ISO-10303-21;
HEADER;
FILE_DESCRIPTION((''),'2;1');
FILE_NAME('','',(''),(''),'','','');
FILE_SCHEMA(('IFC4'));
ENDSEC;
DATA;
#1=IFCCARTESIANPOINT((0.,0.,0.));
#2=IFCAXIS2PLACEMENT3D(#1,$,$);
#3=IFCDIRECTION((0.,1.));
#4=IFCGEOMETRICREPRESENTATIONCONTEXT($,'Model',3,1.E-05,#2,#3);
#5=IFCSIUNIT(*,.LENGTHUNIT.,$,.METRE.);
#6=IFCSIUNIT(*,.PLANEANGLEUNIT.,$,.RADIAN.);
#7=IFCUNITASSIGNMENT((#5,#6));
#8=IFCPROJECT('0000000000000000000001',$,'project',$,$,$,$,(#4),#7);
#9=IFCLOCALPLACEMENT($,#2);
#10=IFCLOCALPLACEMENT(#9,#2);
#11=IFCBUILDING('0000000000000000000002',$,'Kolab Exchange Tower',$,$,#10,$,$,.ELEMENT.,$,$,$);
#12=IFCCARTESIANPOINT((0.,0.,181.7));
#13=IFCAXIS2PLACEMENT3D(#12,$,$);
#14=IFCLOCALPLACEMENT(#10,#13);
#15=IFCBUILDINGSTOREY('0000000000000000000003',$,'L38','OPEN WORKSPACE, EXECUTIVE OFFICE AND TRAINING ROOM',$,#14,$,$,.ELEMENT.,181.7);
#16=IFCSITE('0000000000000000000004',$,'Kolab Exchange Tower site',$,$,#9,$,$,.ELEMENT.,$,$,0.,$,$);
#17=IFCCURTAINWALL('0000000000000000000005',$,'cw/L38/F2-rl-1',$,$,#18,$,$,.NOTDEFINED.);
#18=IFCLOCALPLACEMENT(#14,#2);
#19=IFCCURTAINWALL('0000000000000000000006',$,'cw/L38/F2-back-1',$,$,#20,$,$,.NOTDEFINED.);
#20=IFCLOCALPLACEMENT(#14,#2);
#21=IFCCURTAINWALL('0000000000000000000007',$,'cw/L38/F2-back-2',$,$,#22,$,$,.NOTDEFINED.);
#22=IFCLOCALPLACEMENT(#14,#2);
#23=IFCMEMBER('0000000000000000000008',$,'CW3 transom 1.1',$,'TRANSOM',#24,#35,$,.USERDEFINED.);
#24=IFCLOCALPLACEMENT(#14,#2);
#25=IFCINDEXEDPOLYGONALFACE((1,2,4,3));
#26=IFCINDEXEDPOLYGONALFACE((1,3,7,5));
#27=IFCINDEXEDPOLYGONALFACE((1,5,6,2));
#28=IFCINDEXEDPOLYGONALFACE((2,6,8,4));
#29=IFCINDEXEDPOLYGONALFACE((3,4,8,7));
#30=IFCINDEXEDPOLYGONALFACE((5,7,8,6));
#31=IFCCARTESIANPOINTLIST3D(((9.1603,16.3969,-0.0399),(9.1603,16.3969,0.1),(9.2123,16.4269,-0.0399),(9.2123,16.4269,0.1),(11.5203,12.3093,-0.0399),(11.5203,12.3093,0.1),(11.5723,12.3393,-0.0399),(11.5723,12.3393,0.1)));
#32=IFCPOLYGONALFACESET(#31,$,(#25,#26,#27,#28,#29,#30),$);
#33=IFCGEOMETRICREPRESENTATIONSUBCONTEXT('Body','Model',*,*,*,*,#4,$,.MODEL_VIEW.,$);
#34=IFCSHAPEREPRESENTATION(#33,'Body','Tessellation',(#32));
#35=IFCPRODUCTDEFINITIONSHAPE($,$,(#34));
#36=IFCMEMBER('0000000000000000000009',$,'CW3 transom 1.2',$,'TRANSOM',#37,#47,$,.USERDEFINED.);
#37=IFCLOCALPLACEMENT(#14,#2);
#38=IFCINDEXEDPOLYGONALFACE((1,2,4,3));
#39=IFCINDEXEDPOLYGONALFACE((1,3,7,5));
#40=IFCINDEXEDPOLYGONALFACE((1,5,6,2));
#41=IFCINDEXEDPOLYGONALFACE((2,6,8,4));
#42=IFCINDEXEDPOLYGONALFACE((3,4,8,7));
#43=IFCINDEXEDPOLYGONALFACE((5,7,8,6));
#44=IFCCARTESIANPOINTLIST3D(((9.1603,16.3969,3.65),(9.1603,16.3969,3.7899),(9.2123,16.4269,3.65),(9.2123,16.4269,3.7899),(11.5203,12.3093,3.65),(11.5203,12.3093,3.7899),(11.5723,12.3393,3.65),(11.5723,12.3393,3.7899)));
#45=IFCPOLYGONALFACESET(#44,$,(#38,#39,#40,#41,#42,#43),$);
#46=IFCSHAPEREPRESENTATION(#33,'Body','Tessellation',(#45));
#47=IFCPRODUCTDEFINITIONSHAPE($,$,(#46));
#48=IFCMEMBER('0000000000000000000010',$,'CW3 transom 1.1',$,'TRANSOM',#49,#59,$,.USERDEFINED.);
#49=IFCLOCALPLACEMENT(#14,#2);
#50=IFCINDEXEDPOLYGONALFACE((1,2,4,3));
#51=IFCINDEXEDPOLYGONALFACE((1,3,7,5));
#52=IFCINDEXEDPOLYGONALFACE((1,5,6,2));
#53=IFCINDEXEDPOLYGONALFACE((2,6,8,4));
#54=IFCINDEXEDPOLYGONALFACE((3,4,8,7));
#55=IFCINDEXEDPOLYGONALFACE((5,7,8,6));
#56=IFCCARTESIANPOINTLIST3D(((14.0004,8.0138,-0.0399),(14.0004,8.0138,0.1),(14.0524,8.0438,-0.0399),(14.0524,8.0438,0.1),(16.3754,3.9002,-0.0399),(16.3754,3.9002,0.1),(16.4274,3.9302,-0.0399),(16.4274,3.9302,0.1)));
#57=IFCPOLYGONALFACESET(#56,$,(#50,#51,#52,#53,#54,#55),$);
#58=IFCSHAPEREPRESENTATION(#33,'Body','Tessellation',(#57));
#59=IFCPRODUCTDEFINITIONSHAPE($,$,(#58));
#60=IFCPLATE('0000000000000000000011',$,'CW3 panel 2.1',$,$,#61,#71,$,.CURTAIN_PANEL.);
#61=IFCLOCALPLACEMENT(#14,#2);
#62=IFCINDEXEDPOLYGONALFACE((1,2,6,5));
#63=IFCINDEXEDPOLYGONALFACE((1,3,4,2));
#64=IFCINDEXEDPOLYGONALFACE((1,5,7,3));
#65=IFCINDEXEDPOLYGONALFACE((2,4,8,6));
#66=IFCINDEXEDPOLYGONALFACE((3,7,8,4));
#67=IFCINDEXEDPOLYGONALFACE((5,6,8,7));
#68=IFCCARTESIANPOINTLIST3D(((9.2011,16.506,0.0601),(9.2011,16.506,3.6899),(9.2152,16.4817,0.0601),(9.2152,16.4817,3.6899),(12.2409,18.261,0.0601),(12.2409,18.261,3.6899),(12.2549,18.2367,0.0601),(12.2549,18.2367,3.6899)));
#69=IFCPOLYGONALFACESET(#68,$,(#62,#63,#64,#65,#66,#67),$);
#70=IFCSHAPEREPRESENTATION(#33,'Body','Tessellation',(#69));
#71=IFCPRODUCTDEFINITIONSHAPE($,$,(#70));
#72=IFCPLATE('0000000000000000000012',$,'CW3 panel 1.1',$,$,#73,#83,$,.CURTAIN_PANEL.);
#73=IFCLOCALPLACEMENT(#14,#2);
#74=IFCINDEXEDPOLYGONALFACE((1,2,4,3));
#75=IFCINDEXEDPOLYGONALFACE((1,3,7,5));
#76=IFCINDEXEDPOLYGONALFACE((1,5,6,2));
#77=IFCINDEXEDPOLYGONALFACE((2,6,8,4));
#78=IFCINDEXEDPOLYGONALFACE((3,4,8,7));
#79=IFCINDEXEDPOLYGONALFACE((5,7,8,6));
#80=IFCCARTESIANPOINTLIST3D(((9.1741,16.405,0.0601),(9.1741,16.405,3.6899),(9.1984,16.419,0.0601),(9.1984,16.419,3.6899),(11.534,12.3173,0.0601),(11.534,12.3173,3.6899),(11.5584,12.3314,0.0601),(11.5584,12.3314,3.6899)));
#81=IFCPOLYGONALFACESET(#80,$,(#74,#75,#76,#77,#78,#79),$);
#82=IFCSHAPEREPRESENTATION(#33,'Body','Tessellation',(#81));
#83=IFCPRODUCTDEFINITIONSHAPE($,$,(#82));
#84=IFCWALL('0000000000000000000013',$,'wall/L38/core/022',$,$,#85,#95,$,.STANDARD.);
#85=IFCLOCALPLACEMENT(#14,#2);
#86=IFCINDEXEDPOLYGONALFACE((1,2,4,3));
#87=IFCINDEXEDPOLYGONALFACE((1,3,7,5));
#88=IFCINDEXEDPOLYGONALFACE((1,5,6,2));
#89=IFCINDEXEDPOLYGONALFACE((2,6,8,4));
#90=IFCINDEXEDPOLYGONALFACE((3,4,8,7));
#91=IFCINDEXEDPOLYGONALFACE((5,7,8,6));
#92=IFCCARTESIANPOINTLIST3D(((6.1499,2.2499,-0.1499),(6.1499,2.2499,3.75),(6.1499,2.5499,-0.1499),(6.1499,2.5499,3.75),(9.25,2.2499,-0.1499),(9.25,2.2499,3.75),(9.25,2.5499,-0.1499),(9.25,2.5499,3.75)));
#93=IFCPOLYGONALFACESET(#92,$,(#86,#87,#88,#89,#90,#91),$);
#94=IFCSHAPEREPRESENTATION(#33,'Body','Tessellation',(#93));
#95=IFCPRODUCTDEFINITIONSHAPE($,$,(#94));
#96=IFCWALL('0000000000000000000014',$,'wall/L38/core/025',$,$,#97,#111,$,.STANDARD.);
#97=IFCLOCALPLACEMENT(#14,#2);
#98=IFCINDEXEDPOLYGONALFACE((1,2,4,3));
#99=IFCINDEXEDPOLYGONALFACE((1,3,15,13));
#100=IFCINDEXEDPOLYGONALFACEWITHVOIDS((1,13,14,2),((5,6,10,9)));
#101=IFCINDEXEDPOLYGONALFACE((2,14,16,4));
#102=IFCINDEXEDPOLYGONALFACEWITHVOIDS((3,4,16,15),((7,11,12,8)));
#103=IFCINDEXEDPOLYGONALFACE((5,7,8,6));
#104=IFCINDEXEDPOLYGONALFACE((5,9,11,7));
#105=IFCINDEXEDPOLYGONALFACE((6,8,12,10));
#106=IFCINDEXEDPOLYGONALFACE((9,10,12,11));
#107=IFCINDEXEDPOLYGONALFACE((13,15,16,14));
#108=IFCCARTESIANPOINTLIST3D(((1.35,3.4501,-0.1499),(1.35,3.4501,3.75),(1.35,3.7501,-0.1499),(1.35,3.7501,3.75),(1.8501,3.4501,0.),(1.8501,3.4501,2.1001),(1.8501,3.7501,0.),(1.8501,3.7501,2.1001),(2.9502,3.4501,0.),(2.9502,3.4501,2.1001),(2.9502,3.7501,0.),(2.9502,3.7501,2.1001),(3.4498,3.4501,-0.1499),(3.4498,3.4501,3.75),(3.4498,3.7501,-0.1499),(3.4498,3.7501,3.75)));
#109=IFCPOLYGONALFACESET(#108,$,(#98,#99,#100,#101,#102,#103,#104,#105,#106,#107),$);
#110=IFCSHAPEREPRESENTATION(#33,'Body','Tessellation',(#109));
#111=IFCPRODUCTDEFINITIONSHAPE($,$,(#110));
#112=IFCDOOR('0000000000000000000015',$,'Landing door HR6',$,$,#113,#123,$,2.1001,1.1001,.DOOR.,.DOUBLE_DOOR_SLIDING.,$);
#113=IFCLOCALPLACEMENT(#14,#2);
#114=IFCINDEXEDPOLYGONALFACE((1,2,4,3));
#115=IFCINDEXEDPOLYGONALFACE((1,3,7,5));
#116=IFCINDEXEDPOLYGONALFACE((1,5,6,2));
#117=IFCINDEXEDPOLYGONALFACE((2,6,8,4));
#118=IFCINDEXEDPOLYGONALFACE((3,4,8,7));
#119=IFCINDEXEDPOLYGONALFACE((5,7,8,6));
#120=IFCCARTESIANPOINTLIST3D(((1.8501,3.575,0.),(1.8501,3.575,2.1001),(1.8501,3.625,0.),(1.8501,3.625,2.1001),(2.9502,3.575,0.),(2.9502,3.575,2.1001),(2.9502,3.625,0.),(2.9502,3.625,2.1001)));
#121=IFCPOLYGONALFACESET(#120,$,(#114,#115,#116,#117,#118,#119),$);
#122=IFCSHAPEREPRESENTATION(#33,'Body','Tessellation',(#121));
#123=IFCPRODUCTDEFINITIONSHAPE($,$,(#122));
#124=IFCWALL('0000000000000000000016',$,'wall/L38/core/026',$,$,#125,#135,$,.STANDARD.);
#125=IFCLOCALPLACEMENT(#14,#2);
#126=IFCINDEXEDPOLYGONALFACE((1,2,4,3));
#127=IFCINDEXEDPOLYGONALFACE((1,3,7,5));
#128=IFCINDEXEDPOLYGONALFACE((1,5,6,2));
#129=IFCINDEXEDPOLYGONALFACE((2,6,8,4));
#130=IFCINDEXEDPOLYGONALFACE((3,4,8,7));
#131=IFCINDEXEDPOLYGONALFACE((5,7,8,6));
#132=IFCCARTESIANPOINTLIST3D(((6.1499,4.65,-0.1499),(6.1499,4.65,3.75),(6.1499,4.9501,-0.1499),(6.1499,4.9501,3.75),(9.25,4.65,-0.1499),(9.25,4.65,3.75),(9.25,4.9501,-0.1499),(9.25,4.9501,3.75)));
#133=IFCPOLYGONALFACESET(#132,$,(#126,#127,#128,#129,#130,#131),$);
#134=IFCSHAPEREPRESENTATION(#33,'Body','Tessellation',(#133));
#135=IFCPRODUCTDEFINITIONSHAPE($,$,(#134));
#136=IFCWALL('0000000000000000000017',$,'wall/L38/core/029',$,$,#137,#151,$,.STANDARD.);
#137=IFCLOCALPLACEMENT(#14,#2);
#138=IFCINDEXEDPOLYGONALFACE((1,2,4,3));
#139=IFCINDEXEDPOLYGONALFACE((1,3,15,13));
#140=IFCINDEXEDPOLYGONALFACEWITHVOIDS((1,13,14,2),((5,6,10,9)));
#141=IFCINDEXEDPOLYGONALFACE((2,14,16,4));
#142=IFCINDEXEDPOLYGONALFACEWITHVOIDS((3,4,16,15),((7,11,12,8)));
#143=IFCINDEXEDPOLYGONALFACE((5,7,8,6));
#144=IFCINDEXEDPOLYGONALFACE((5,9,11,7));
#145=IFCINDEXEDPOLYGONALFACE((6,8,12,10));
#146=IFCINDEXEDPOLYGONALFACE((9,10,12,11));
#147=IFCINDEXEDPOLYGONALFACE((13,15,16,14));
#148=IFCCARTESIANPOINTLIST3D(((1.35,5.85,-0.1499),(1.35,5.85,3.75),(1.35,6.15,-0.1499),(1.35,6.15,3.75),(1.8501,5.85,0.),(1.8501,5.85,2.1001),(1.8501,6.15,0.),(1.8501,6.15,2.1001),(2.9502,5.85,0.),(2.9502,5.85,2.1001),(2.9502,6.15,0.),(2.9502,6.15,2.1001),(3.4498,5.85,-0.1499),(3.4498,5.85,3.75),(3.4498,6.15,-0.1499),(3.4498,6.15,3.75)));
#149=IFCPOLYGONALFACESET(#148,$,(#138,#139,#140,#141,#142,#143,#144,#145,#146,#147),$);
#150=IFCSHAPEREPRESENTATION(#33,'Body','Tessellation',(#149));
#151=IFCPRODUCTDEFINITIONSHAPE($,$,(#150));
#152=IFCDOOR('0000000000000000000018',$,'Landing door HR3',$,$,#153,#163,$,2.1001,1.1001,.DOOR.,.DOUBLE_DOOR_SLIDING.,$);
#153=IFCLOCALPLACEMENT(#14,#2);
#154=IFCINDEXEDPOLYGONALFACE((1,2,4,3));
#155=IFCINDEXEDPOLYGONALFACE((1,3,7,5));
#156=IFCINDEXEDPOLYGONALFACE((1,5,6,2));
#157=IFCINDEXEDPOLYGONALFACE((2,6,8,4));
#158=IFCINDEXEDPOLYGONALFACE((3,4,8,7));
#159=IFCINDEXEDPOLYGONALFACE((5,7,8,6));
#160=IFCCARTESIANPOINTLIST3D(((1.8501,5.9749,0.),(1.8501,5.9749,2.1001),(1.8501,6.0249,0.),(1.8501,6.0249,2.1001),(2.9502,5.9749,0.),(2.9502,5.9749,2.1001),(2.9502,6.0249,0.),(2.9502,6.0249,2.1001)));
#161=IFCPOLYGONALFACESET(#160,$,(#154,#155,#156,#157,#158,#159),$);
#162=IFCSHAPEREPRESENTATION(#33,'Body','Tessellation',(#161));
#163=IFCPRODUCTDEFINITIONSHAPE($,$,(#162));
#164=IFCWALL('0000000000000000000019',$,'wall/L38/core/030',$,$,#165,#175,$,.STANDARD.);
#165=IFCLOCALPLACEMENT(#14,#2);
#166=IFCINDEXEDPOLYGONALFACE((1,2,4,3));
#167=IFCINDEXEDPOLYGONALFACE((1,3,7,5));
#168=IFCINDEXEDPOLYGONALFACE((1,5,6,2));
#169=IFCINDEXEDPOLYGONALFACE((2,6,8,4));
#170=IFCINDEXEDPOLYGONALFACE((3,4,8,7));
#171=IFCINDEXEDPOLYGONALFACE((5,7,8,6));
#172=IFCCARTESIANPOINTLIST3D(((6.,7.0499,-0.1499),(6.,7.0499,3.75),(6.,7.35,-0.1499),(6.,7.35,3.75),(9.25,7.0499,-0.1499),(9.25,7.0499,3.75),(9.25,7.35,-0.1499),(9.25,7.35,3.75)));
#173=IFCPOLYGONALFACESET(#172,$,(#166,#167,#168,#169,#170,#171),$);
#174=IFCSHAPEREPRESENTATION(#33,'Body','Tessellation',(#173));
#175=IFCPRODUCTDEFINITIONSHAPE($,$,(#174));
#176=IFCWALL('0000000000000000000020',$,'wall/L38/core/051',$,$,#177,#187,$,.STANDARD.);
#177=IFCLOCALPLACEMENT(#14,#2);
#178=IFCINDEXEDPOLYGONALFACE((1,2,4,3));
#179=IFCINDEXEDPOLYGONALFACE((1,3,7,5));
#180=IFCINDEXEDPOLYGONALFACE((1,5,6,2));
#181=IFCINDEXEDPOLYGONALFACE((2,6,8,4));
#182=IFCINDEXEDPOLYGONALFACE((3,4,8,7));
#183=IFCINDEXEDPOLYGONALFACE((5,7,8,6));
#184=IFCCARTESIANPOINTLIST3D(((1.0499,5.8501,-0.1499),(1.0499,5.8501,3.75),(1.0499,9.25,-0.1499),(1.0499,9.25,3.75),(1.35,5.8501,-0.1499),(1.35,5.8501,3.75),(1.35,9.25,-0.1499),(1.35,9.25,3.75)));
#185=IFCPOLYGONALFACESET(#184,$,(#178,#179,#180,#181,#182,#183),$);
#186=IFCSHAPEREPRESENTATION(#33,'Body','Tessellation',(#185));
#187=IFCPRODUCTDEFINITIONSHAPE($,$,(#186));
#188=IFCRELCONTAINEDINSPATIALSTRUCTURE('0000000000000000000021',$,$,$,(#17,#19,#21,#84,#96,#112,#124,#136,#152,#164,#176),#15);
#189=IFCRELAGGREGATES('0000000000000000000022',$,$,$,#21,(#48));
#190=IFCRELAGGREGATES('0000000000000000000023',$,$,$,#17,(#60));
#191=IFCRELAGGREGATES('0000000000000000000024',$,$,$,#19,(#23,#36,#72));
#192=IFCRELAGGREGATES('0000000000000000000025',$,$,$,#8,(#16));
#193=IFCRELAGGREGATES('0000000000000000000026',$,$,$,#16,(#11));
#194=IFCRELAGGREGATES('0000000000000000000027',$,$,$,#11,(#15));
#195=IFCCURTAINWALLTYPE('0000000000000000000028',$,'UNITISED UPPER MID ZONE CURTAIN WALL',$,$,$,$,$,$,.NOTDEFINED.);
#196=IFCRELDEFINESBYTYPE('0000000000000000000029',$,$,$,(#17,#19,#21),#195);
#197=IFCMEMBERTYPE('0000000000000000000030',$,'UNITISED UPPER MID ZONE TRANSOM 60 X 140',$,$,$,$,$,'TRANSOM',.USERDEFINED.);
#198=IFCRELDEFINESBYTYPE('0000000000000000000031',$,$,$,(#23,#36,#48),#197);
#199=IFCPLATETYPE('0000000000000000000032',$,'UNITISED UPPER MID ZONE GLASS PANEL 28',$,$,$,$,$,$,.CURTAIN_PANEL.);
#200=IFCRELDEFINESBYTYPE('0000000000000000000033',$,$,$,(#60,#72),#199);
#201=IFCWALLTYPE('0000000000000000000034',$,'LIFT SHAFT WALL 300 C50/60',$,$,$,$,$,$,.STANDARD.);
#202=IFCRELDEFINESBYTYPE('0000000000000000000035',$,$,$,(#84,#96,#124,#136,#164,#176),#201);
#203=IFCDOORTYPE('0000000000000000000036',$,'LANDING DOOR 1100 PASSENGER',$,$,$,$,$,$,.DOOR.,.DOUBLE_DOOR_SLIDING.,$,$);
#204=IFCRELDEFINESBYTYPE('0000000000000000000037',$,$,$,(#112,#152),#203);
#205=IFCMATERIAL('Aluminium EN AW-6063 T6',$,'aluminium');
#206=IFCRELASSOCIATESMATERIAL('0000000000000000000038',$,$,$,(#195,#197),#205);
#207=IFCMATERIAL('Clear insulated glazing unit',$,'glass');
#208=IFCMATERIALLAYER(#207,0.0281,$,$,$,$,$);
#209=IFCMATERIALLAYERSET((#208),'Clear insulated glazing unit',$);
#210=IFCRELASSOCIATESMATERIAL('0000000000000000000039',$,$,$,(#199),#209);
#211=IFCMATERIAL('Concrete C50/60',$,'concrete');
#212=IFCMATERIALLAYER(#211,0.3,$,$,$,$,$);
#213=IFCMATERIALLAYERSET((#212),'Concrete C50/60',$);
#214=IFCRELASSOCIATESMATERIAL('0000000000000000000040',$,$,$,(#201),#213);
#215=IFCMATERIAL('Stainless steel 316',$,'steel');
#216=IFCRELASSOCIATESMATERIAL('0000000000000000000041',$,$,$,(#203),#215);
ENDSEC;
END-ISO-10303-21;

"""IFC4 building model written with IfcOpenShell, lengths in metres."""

from ifc_helpers import new_model, si_unit, direction, frame, frame_2d, origin, origin_2d, place, context, subcontext, project, spatial, rectangle, extrude, material, layer, layer_set, material_profile, profile_set, type_object, element, fill, aggregate, save


model = new_model("IFC4")

# Units and contexts
model_context = context("Model", 3, precision=1e-05, world=origin(), true_north=direction((0.0, 1.0)))
body_context = subcontext(model_context, "Body", "Model", "MODEL_VIEW")
ifc_project = project(units=[si_unit("LENGTHUNIT", "METRE"), si_unit("PLANEANGLEUNIT", "RADIAN")], contexts=[model_context])

# Site, building, storey
site_placement = place(None, origin())
site = spatial("IfcSite", under=ifc_project, at=site_placement, Name="Kolab Exchange Tower site", CompositionType="ELEMENT", RefElevation=0.0)
building_placement = place(site_placement, origin())
building = spatial("IfcBuilding", under=site, at=building_placement, Name="Kolab Exchange Tower", CompositionType="ELEMENT")
storey_placement = place(building_placement, frame((0.0, 0.0, 181.7)))
storey = spatial("IfcBuildingStorey", under=building, at=storey_placement, Name="L38", Description="OPEN WORKSPACE, EXECUTIVE OFFICE AND TRAINING ROOM", CompositionType="ELEMENT", Elevation=181.7)

# Curtain wall
ifc_material_1 = material(Name="Aluminium EN AW-6063 T6", Category="aluminium")
curtain_wall_type = type_object("IfcCurtainWallType", Name="UNITISED UPPER MID ZONE CURTAIN WALL", PredefinedType="NOTDEFINED", material=ifc_material_1)
curtain_wall_1_placement = place(storey_placement, origin())
curtain_wall_1 = element("IfcCurtainWall", 1, at=curtain_wall_1_placement, inside=storey, type_object=curtain_wall_type, Name="cw/L38/F2-rl-1", PredefinedType="NOTDEFINED")

# Curtain wall
curtain_wall_2_placement = place(storey_placement, origin())
curtain_wall_2 = element("IfcCurtainWall", 2, at=curtain_wall_2_placement, inside=storey, type_object=curtain_wall_type, Name="cw/L38/F2-back-1", PredefinedType="NOTDEFINED")

# Curtain wall
curtain_wall_3_placement = place(storey_placement, origin())
curtain_wall_3 = element("IfcCurtainWall", 3, at=curtain_wall_3_placement, inside=storey, type_object=curtain_wall_type, Name="cw/L38/F2-back-2", PredefinedType="NOTDEFINED")

# Members
ifc_material_profile_1 = material_profile(ifc_material_1, rectangle(XDim=0.0601, YDim=0.1399, at=origin_2d()), Name="RECT 60X140")
ifc_profile_set_1 = profile_set([ifc_material_profile_1], Name="Aluminium EN AW-6063 T6")
member_type_1 = type_object("IfcMemberType", Name="UNITISED UPPER MID ZONE TRANSOM 60 X 140", ElementType="TRANSOM", PredefinedType="USERDEFINED", material=ifc_profile_set_1)
member_1_placement = place(storey_placement, frame((9.1863, 16.4119, 0.03), z_axis=(0.500016, -0.866016, 0.0), x_axis=(0.866016, 0.500016, 0.0)))
member_1 = element("IfcMember", 4, at=member_1_placement, type_object=member_type_1, Name="CW3 transom 1.1", ObjectType="TRANSOM", PredefinedType="USERDEFINED", context=body_context, shape_type="SweptSolid", body=[
    extrude(rectangle(XDim=0.0601, YDim=0.1399, at=origin_2d()), origin(), (0.0, 0.0, 1.0), 4.72),
])
member_2_placement = place(storey_placement, frame((9.1863, 16.4119, 3.72), z_axis=(0.500016, -0.866016, 0.0), x_axis=(0.866016, 0.500016, 0.0)))
member_2 = element("IfcMember", 5, at=member_2_placement, type_object=member_type_1, Name="CW3 transom 1.2", ObjectType="TRANSOM", PredefinedType="USERDEFINED", context=body_context, shape_type="SweptSolid", body=[
    extrude(rectangle(XDim=0.0601, YDim=0.1399, at=origin_2d()), origin(), (0.0, 0.0, 1.0), 4.72),
])
member_3_placement = place(storey_placement, frame((14.0264, 8.0288, 0.03), z_axis=(0.500009, -0.86602, 0.0), x_axis=(0.86602, 0.500009, 0.0)))
member_3 = element("IfcMember", 6, at=member_3_placement, type_object=member_type_1, Name="CW3 transom 1.1", ObjectType="TRANSOM", PredefinedType="USERDEFINED", context=body_context, shape_type="SweptSolid", body=[
    extrude(rectangle(XDim=0.0601, YDim=0.1399, at=origin_2d()), origin(), (0.0, 0.0, 1.0), 4.75),
])
aggregate(curtain_wall_3, [member_3])

# Plates
ifc_material_2 = material(Name="Clear insulated glazing unit", Category="glass")
ifc_layer_1 = layer(ifc_material_2, 0.0281)
ifc_layer_set_1 = layer_set([ifc_layer_1], Name="Clear insulated glazing unit")
plate_type = type_object("IfcPlateType", Name="UNITISED UPPER MID ZONE GLASS PANEL 28", PredefinedType="CURTAIN_PANEL", material=ifc_layer_set_1)
plate_1_placement = place(storey_placement, frame((10.728, 17.3713, 0.0601), z_axis=(0.0, 0.0, 1.0), x_axis=(-0.866025, -0.5, 0.0)))
plate_1 = element("IfcPlate", 7, at=plate_1_placement, type_object=plate_type, Name="CW3 panel 2.1", PredefinedType="CURTAIN_PANEL", context=body_context, shape_type="SweptSolid", body=[
    extrude(rectangle(XDim=3.51, YDim=0.0281, at=origin_2d()), origin(), (0.0, 0.0, 1.0), 3.6299),
])
aggregate(curtain_wall_1, [plate_1])
plate_2_placement = place(storey_placement, frame((10.3662, 14.3682, 0.0601), z_axis=(0.0, 0.0, 1.0), x_axis=(0.5, -0.866025, 0.0)))
plate_2 = element("IfcPlate", 8, at=plate_2_placement, type_object=plate_type, Name="CW3 panel 1.1", PredefinedType="CURTAIN_PANEL", context=body_context, shape_type="SweptSolid", body=[
    extrude(rectangle(XDim=4.72, YDim=0.0281, at=origin_2d()), origin(), (0.0, 0.0, 1.0), 3.6299),
])
aggregate(curtain_wall_2, [member_1, member_2, plate_2])

# Wall
ifc_material_3 = material(Name="Concrete C50/60", Category="concrete")
ifc_layer_2 = layer(ifc_material_3, 0.3)
ifc_layer_set_2 = layer_set([ifc_layer_2], Name="Concrete C50/60")
wall_type_1 = type_object("IfcWallType", Name="LIFT SHAFT WALL 300 C50/60", PredefinedType="STANDARD", material=ifc_layer_set_2)
wall_1_placement = place(storey_placement, frame((6.1499, 2.3999, -0.1499), z_axis=(0.0, 0.0, 1.0), x_axis=(1.0, 0.0, 0.0)))
element("IfcWall", 9, at=wall_1_placement, inside=storey, type_object=wall_type_1, Name="wall/L38/core/022", PredefinedType="STANDARD", context=body_context, shape_type="SweptSolid", body=[
    extrude(rectangle(XDim=3.1001, YDim=0.3, at=frame_2d((1.55, 0.0))), origin(), (0.0, 0.0, 1.0), 3.8999),
])

# Wall, opening, door
wall_2_placement = place(storey_placement, frame((1.3501, 3.6001, -0.1499), z_axis=(0.0, 0.0, 1.0), x_axis=(1.0, 0.0, 0.0)))
wall_2 = element("IfcWall", 10, at=wall_2_placement, inside=storey, type_object=wall_type_1, Name="wall/L38/core/025", PredefinedType="STANDARD", context=body_context, shape_type="SweptSolid", body=[
    extrude(rectangle(XDim=2.0999, YDim=0.3, at=frame_2d((1.0498, 0.0))), origin(), (0.0, 0.0, 1.0), 3.8999),
])
opening_1_placement = place(wall_2_placement, frame((0.5, 0.0, 0.1499)))
opening_1 = element("IfcOpeningElement", 11, at=opening_1_placement, cuts=wall_2, PredefinedType="OPENING", context=body_context, shape_type="SweptSolid", body=[
    extrude(rectangle(XDim=1.1001, YDim=2.1001, at=frame_2d((0.55, 1.05))), frame((0.0, 0.1602, 0.0), z_axis=(0.0, -1.0, 0.0), x_axis=(1.0, 0.0, 0.0)), (0.0, 0.0, 1.0), 0.3201),
])
ifc_material_4 = material(Name="Stainless steel 316", Category="steel")
door_type_1 = type_object("IfcDoorType", Name="LANDING DOOR 1100 PASSENGER", OperationType="DOUBLE_DOOR_SLIDING", PredefinedType="DOOR", material=ifc_material_4)
door_1_placement = place(opening_1_placement, origin())
door_1 = element("IfcDoor", 12, at=door_1_placement, inside=storey, type_object=door_type_1, Name="Landing door HR6", OperationType="DOUBLE_DOOR_SLIDING", OverallHeight=2.1001, OverallWidth=1.1001, PredefinedType="DOOR", context=body_context, shape_type="SweptSolid", body=[
    extrude(rectangle(XDim=1.1001, YDim=2.1001, at=frame_2d((0.55, 1.05))), frame((0.0, 0.0249, 0.0), z_axis=(0.0, -1.0, 0.0), x_axis=(1.0, 0.0, 0.0)), (0.0, 0.0, 1.0), 0.05),
])
fill(opening_1, door_1)

# Wall
wall_3_placement = place(storey_placement, frame((6.1499, 4.8, -0.1499), z_axis=(0.0, 0.0, 1.0), x_axis=(1.0, 0.0, 0.0)))
element("IfcWall", 13, at=wall_3_placement, inside=storey, type_object=wall_type_1, Name="wall/L38/core/026", PredefinedType="STANDARD", context=body_context, shape_type="SweptSolid", body=[
    extrude(rectangle(XDim=3.1001, YDim=0.3, at=frame_2d((1.55, 0.0))), origin(), (0.0, 0.0, 1.0), 3.8999),
])

# Wall, opening, door
wall_4_placement = place(storey_placement, frame((1.3501, 6.0, -0.1499), z_axis=(0.0, 0.0, 1.0), x_axis=(1.0, 0.0, 0.0)))
wall_4 = element("IfcWall", 14, at=wall_4_placement, inside=storey, type_object=wall_type_1, Name="wall/L38/core/029", PredefinedType="STANDARD", context=body_context, shape_type="SweptSolid", body=[
    extrude(rectangle(XDim=2.0999, YDim=0.3, at=frame_2d((1.0498, 0.0))), origin(), (0.0, 0.0, 1.0), 3.8999),
])
opening_2_placement = place(wall_4_placement, frame((0.5, 0.0, 0.1499)))
opening_2 = element("IfcOpeningElement", 15, at=opening_2_placement, cuts=wall_4, PredefinedType="OPENING", context=body_context, shape_type="SweptSolid", body=[
    extrude(rectangle(XDim=1.1001, YDim=2.1001, at=frame_2d((0.55, 1.05))), frame((0.0, 0.1602, 0.0), z_axis=(0.0, -1.0, 0.0), x_axis=(1.0, 0.0, 0.0)), (0.0, 0.0, 1.0), 0.3201),
])
door_2_placement = place(opening_2_placement, origin())
door_2 = element("IfcDoor", 16, at=door_2_placement, inside=storey, type_object=door_type_1, Name="Landing door HR3", OperationType="DOUBLE_DOOR_SLIDING", OverallHeight=2.1001, OverallWidth=1.1001, PredefinedType="DOOR", context=body_context, shape_type="SweptSolid", body=[
    extrude(rectangle(XDim=1.1001, YDim=2.1001, at=frame_2d((0.55, 1.05))), frame((0.0, 0.0249, 0.0), z_axis=(0.0, -1.0, 0.0), x_axis=(1.0, 0.0, 0.0)), (0.0, 0.0, 1.0), 0.05),
])
fill(opening_2, door_2)

# Walls
wall_5_placement = place(storey_placement, frame((6.0, 7.2, -0.1499), z_axis=(0.0, 0.0, 1.0), x_axis=(1.0, 0.0, 0.0)))
element("IfcWall", 17, at=wall_5_placement, inside=storey, type_object=wall_type_1, Name="wall/L38/core/030", PredefinedType="STANDARD", context=body_context, shape_type="SweptSolid", body=[
    extrude(rectangle(XDim=3.25, YDim=0.3, at=frame_2d((1.625, 0.0))), origin(), (0.0, 0.0, 1.0), 3.8999),
])
for number, where, z_axis, x_axis, name in (
    (18, (1.2, 5.8501, -0.1499), (0.0, 0.0, 1.0), (0.0, 1.0, 0.0), "wall/L38/core/051"),
):
    element("IfcWall", number, at=place(storey_placement, frame(where, z_axis=z_axis, x_axis=x_axis)), inside=storey, type_object=wall_type_1, Name=name, PredefinedType="STANDARD", context=body_context, shape_type="SweptSolid", body=[
        extrude(rectangle(XDim=3.3999, YDim=0.3, at=frame_2d((1.7, 0.0))), origin(), (0.0, 0.0, 1.0), 3.8999),
    ])

save(model, "model.ifc")
